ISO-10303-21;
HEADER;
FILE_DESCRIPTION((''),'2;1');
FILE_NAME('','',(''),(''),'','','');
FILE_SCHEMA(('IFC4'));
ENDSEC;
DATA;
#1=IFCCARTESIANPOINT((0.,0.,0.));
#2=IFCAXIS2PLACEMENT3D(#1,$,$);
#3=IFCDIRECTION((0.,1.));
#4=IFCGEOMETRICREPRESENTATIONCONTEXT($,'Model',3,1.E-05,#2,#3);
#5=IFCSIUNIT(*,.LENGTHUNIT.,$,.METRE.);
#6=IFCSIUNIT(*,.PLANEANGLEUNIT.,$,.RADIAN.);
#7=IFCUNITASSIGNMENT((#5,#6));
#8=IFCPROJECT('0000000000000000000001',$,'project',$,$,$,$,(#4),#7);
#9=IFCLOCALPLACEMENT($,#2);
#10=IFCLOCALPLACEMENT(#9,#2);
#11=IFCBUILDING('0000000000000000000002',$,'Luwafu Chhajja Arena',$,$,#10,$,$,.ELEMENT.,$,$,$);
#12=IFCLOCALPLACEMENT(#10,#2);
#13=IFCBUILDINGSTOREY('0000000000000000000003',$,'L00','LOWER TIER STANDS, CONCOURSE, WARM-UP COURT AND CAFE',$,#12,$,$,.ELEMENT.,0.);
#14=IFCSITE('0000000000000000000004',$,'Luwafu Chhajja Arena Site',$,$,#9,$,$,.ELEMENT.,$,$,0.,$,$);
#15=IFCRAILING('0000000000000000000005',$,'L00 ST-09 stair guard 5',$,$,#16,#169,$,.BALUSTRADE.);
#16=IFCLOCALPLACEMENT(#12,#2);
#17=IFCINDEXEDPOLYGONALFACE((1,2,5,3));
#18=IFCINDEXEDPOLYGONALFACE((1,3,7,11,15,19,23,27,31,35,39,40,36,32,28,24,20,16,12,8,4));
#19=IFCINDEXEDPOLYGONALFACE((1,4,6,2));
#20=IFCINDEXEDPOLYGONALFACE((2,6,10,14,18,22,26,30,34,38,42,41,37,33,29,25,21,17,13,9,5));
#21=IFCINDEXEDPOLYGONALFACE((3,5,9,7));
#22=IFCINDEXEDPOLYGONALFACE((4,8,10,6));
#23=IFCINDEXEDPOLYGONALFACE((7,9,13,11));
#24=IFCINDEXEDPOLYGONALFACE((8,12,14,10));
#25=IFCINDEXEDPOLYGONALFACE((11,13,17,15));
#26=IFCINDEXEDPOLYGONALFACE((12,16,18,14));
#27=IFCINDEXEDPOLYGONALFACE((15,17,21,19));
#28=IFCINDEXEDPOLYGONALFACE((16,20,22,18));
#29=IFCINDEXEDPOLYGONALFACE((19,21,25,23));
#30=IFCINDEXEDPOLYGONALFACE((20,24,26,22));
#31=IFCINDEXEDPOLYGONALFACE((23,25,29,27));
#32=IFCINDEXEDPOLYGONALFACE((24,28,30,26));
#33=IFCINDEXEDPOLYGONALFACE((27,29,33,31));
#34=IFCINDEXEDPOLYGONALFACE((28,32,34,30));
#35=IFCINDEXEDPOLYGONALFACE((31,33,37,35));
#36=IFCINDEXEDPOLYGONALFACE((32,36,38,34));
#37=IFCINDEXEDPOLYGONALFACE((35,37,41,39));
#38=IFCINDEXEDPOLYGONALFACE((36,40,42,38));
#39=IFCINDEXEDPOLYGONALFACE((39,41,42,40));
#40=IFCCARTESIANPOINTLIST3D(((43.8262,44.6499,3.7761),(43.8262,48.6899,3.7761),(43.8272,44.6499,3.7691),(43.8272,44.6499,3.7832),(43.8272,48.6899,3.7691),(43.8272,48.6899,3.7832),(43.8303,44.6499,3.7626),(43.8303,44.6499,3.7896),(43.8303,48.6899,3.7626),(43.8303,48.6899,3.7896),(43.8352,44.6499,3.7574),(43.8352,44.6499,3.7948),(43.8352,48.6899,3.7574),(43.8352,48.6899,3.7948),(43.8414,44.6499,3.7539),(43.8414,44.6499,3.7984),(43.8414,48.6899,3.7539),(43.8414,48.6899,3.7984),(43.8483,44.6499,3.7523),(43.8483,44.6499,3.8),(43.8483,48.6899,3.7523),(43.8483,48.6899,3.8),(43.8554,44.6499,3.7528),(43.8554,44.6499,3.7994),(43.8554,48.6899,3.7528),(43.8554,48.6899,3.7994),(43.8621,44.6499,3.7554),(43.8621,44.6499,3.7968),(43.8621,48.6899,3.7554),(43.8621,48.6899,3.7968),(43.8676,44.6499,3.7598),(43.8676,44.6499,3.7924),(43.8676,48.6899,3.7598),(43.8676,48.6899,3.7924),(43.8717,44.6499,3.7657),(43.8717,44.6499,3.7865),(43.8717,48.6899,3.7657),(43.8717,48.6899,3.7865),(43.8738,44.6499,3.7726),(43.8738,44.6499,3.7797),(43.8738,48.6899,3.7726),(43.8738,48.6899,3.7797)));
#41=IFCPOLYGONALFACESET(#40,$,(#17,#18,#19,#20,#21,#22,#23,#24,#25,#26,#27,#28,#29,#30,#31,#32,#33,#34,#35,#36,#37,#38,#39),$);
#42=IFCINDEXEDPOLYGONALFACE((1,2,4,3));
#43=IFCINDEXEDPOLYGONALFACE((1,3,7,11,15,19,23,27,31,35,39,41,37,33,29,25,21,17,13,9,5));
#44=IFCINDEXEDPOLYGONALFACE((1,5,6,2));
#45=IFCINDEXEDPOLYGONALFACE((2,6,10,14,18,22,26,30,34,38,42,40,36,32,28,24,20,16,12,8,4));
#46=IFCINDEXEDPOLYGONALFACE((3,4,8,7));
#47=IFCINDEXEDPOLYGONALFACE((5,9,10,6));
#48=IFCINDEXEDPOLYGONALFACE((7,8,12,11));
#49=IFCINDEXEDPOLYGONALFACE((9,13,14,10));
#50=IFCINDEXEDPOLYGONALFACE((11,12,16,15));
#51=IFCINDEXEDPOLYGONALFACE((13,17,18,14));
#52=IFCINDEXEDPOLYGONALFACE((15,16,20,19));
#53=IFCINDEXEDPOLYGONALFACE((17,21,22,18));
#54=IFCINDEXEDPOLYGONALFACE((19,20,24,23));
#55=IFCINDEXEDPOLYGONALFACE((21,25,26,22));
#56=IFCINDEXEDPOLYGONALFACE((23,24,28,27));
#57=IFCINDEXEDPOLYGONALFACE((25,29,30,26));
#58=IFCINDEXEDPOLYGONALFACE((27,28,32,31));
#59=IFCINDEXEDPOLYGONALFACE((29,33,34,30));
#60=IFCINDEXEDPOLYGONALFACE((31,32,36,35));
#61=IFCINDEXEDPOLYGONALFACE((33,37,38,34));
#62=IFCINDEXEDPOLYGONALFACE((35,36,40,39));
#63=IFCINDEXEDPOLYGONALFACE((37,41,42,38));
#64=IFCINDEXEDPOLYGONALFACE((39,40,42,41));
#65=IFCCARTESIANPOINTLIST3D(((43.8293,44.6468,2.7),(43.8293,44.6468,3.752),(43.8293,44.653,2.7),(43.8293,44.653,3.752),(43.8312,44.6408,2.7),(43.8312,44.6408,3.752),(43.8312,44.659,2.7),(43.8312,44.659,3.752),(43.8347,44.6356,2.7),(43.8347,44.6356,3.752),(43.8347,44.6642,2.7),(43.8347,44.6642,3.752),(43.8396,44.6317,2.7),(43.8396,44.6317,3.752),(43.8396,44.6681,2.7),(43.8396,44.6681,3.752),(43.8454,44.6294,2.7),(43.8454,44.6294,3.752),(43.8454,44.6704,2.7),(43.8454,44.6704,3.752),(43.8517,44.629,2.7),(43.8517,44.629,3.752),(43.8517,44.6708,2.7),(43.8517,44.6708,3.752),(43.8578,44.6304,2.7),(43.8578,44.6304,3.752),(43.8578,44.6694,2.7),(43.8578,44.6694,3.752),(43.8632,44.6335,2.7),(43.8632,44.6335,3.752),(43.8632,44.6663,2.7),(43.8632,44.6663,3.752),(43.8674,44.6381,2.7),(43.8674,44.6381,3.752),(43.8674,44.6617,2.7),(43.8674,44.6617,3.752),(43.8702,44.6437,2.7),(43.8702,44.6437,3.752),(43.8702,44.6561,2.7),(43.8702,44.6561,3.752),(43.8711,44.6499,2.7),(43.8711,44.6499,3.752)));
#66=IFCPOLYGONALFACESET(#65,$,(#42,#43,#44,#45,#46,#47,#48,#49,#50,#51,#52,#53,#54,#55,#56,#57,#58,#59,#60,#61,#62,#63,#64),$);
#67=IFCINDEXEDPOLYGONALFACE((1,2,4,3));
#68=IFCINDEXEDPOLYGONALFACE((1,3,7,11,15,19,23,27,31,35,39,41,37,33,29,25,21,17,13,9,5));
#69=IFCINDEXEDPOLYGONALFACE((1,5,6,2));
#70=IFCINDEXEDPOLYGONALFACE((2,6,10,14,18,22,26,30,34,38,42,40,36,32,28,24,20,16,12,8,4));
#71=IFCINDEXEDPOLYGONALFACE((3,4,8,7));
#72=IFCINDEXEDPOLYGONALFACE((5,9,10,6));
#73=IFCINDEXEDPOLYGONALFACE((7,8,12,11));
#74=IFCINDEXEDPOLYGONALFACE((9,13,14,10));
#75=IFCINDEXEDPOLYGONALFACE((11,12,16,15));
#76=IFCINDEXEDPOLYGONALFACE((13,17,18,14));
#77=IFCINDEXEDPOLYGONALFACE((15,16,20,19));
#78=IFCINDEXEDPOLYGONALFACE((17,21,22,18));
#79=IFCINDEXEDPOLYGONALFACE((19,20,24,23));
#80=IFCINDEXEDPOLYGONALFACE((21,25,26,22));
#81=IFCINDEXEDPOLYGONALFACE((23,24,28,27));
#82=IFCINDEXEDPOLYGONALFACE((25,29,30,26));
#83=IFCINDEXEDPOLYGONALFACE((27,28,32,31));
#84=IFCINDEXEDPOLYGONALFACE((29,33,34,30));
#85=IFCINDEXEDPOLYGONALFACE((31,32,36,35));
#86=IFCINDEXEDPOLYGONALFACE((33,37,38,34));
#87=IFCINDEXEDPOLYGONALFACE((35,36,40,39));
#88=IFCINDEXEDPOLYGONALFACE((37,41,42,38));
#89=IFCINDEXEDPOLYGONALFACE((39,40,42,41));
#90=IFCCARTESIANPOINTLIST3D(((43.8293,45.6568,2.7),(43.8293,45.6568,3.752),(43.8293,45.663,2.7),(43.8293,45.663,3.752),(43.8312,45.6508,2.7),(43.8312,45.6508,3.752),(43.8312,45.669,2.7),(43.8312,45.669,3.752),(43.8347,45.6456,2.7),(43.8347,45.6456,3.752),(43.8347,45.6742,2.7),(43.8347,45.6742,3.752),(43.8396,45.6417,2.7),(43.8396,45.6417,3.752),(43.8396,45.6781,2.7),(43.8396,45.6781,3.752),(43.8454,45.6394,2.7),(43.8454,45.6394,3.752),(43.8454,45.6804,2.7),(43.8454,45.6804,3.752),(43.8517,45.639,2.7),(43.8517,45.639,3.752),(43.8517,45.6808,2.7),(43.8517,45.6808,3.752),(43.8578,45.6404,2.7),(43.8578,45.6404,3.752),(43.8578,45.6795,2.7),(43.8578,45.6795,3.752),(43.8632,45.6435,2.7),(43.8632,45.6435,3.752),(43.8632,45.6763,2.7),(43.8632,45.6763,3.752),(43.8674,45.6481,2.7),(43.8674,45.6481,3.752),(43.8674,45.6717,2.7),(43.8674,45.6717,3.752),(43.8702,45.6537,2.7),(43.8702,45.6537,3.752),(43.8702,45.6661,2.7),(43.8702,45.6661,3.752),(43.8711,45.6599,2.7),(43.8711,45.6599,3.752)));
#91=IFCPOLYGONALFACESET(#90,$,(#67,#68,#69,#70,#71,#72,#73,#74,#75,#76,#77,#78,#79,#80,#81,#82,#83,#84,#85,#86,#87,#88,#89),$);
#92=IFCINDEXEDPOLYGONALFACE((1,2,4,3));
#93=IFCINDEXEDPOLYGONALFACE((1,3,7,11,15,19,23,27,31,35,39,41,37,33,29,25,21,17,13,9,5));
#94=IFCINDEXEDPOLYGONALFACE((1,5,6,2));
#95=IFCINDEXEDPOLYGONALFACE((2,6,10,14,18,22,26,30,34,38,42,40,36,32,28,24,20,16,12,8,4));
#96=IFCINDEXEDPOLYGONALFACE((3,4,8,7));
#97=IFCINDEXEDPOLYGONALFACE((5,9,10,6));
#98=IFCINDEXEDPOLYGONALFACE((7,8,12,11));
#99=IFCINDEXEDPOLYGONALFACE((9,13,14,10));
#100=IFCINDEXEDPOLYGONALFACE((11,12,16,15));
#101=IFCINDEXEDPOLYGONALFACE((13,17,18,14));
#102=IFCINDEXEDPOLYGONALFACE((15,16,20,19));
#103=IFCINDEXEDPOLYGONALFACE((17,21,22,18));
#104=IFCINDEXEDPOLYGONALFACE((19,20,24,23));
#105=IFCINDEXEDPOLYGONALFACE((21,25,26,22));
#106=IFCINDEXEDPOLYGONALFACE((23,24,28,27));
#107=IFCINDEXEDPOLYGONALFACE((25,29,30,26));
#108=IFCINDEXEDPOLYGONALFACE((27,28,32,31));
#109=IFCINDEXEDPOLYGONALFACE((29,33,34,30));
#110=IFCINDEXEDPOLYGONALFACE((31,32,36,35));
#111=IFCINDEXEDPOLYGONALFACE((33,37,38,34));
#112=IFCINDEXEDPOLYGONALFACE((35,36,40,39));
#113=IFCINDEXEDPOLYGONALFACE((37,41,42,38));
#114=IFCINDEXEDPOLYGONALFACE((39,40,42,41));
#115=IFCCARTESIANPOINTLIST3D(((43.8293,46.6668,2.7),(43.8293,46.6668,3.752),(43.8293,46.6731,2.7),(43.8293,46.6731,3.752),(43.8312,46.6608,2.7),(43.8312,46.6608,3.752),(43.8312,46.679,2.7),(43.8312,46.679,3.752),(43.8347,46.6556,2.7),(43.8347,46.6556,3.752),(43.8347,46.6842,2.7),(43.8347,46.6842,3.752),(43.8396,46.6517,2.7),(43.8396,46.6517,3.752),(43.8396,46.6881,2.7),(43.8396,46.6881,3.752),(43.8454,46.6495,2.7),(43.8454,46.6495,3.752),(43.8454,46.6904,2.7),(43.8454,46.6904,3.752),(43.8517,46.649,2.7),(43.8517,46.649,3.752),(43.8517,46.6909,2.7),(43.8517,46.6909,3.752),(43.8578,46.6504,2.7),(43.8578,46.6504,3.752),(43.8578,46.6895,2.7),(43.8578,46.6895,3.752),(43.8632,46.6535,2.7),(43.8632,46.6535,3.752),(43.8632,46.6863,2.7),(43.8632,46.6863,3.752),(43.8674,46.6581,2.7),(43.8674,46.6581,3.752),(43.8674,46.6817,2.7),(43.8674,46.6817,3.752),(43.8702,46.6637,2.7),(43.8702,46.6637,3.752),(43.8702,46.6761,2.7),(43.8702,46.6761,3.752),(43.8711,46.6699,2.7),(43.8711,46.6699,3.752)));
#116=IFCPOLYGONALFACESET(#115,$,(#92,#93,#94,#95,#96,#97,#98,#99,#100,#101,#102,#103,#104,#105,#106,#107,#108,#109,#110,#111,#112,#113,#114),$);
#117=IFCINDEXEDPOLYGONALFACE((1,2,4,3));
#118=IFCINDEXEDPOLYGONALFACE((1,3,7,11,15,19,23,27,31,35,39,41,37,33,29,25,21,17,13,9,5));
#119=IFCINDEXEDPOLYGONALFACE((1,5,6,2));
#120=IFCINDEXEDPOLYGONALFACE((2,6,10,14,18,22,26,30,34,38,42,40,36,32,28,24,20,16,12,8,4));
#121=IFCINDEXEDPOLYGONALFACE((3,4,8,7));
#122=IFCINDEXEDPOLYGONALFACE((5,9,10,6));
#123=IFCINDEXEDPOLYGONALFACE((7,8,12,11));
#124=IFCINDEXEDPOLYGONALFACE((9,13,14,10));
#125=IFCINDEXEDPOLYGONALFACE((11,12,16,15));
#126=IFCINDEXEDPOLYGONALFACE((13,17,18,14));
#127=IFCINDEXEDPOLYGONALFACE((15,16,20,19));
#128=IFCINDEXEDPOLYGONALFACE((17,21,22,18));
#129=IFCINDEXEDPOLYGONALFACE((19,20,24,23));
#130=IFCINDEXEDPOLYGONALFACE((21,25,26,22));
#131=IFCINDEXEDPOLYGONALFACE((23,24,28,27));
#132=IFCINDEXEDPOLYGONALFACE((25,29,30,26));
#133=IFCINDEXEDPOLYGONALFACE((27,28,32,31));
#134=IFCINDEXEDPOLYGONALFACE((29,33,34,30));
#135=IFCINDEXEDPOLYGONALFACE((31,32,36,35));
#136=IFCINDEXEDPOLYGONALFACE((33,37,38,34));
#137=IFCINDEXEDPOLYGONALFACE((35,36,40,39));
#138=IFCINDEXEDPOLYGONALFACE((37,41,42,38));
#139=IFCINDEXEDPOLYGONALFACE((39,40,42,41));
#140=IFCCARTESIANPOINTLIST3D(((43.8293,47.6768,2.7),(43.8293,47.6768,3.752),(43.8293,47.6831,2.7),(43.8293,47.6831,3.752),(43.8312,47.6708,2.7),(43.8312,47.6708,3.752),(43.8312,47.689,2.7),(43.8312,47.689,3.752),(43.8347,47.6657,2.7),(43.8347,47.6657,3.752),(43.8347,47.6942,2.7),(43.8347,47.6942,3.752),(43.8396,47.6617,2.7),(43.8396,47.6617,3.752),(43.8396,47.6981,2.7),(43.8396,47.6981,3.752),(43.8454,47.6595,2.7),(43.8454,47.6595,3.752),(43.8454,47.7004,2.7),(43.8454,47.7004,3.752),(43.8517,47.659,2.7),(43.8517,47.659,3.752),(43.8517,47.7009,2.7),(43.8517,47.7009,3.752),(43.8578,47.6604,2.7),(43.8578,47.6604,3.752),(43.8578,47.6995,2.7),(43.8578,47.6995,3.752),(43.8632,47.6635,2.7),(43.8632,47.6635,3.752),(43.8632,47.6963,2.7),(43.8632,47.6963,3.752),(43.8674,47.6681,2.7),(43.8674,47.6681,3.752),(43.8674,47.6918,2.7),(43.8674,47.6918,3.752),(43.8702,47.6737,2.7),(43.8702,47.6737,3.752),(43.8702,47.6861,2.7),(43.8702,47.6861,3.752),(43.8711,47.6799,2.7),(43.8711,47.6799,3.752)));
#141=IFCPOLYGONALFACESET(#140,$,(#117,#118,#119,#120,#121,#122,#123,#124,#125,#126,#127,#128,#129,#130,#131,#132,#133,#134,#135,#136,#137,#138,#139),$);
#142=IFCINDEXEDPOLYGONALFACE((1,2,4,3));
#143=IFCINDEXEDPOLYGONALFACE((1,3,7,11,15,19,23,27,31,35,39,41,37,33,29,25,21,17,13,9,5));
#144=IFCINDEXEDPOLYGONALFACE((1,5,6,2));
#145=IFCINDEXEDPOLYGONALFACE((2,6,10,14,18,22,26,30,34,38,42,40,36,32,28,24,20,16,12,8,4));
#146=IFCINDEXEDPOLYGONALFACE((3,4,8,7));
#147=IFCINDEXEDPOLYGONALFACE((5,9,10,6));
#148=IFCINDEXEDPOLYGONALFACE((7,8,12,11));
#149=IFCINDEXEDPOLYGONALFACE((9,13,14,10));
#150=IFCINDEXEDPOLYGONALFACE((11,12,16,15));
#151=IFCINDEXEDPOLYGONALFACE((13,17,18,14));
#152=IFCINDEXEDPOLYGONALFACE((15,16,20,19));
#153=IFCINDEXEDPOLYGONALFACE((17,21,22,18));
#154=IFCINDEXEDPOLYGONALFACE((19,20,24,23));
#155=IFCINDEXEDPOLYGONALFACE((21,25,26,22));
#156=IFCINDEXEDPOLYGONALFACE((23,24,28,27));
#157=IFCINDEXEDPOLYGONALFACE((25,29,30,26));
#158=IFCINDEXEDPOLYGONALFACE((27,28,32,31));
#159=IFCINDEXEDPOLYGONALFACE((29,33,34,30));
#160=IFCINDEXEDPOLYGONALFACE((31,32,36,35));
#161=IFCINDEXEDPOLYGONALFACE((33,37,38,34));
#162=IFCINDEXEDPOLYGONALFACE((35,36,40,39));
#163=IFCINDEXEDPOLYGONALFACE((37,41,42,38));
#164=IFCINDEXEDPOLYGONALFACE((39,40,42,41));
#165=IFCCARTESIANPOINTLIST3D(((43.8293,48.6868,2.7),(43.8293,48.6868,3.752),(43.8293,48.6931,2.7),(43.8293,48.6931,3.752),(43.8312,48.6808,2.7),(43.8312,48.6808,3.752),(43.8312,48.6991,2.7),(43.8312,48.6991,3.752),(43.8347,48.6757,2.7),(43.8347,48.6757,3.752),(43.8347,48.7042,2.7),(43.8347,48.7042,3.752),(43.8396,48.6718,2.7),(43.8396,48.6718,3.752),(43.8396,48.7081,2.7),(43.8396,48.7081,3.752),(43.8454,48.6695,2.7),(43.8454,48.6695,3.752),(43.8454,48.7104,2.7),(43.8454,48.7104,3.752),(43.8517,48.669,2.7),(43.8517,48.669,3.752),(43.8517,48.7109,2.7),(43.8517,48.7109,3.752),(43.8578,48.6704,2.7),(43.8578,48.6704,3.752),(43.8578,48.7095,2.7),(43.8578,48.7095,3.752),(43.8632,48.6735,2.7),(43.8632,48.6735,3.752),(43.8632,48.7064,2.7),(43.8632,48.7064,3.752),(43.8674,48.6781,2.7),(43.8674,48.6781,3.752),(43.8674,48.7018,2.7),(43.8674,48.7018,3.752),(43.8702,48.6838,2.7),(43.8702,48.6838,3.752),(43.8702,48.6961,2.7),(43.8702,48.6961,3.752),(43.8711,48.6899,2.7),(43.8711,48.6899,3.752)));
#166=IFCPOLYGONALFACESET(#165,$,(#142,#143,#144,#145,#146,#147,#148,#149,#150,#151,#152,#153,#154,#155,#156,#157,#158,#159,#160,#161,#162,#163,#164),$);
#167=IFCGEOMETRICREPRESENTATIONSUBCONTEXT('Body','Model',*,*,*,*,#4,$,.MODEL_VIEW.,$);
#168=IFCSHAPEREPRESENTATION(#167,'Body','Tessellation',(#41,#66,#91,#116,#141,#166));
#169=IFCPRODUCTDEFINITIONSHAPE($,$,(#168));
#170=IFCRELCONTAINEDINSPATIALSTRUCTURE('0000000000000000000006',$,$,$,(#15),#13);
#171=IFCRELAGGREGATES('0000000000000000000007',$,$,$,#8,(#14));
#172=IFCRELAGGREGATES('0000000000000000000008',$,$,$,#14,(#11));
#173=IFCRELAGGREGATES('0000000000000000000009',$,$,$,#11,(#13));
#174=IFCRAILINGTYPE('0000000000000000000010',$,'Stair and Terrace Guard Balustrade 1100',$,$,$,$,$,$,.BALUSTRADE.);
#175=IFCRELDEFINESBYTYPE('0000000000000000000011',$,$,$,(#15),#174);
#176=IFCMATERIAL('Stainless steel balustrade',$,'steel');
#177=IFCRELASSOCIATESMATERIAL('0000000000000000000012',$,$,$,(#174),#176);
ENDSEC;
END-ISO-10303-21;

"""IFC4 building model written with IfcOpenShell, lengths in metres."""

from ifc_helpers import new_model, si_unit, direction, frame, origin, origin_2d, place, context, subcontext, project, spatial, circle, extrude, material, type_object, element, save


model = new_model("IFC4")

# Units and contexts
model_context = context("Model", 3, precision=1e-05, world=origin(), true_north=direction((0.0, 1.0)))
body_context = subcontext(model_context, "Body", "Model", "MODEL_VIEW")
ifc_project = project(units=[si_unit("LENGTHUNIT", "METRE"), si_unit("PLANEANGLEUNIT", "RADIAN")], contexts=[model_context])

# Site, building, storey
site_placement = place(None, origin())
site = spatial("IfcSite", under=ifc_project, at=site_placement, Name="Luwafu Chhajja Arena Site", CompositionType="ELEMENT", RefElevation=0.0)
building_placement = place(site_placement, origin())
building = spatial("IfcBuilding", under=site, at=building_placement, Name="Luwafu Chhajja Arena", CompositionType="ELEMENT")
storey_placement = place(building_placement, origin())
storey = spatial("IfcBuildingStorey", under=building, at=storey_placement, Name="L00", Description="LOWER TIER STANDS, CONCOURSE, WARM-UP COURT AND CAFE", CompositionType="ELEMENT", Elevation=0.0)

# Railing
ifc_material_1 = material(Name="Stainless steel balustrade", Category="steel")
railing_type = type_object("IfcRailingType", Name="Stair and Terrace Guard Balustrade 1100", PredefinedType="BALUSTRADE", material=ifc_material_1)
railing_1_placement = place(storey_placement, frame((43.8501, 44.6499, 2.7)))
element("IfcRailing", 1, at=railing_1_placement, inside=storey, type_object=railing_type, Name="L00 ST-09 stair guard 5", PredefinedType="BALUSTRADE", context=body_context, shape_type="SweptSolid", body=[
    extrude(circle(Radius=0.0239, at=origin_2d()), frame((0.0, 0.0, 1.0762), z_axis=(0.0, 1.0, 0.0), x_axis=(-1.0, 0.0, 0.0)), (0.0, 0.0, 1.0), 4.04),
    extrude(circle(Radius=0.021, at=origin_2d()), origin(), (0.0, 0.0, 1.0), 1.052),
    extrude(circle(Radius=0.021, at=origin_2d()), frame((0.0, 1.01, 0.0)), (0.0, 0.0, 1.0), 1.052),
    extrude(circle(Radius=0.021, at=origin_2d()), frame((0.0, 2.02, 0.0)), (0.0, 0.0, 1.0), 1.052),
    extrude(circle(Radius=0.021, at=origin_2d()), frame((0.0, 3.03, 0.0)), (0.0, 0.0, 1.0), 1.052),
    extrude(circle(Radius=0.021, at=origin_2d()), frame((0.0, 4.04, 0.0)), (0.0, 0.0, 1.0), 1.052),
])

save(model, "model.ifc")
